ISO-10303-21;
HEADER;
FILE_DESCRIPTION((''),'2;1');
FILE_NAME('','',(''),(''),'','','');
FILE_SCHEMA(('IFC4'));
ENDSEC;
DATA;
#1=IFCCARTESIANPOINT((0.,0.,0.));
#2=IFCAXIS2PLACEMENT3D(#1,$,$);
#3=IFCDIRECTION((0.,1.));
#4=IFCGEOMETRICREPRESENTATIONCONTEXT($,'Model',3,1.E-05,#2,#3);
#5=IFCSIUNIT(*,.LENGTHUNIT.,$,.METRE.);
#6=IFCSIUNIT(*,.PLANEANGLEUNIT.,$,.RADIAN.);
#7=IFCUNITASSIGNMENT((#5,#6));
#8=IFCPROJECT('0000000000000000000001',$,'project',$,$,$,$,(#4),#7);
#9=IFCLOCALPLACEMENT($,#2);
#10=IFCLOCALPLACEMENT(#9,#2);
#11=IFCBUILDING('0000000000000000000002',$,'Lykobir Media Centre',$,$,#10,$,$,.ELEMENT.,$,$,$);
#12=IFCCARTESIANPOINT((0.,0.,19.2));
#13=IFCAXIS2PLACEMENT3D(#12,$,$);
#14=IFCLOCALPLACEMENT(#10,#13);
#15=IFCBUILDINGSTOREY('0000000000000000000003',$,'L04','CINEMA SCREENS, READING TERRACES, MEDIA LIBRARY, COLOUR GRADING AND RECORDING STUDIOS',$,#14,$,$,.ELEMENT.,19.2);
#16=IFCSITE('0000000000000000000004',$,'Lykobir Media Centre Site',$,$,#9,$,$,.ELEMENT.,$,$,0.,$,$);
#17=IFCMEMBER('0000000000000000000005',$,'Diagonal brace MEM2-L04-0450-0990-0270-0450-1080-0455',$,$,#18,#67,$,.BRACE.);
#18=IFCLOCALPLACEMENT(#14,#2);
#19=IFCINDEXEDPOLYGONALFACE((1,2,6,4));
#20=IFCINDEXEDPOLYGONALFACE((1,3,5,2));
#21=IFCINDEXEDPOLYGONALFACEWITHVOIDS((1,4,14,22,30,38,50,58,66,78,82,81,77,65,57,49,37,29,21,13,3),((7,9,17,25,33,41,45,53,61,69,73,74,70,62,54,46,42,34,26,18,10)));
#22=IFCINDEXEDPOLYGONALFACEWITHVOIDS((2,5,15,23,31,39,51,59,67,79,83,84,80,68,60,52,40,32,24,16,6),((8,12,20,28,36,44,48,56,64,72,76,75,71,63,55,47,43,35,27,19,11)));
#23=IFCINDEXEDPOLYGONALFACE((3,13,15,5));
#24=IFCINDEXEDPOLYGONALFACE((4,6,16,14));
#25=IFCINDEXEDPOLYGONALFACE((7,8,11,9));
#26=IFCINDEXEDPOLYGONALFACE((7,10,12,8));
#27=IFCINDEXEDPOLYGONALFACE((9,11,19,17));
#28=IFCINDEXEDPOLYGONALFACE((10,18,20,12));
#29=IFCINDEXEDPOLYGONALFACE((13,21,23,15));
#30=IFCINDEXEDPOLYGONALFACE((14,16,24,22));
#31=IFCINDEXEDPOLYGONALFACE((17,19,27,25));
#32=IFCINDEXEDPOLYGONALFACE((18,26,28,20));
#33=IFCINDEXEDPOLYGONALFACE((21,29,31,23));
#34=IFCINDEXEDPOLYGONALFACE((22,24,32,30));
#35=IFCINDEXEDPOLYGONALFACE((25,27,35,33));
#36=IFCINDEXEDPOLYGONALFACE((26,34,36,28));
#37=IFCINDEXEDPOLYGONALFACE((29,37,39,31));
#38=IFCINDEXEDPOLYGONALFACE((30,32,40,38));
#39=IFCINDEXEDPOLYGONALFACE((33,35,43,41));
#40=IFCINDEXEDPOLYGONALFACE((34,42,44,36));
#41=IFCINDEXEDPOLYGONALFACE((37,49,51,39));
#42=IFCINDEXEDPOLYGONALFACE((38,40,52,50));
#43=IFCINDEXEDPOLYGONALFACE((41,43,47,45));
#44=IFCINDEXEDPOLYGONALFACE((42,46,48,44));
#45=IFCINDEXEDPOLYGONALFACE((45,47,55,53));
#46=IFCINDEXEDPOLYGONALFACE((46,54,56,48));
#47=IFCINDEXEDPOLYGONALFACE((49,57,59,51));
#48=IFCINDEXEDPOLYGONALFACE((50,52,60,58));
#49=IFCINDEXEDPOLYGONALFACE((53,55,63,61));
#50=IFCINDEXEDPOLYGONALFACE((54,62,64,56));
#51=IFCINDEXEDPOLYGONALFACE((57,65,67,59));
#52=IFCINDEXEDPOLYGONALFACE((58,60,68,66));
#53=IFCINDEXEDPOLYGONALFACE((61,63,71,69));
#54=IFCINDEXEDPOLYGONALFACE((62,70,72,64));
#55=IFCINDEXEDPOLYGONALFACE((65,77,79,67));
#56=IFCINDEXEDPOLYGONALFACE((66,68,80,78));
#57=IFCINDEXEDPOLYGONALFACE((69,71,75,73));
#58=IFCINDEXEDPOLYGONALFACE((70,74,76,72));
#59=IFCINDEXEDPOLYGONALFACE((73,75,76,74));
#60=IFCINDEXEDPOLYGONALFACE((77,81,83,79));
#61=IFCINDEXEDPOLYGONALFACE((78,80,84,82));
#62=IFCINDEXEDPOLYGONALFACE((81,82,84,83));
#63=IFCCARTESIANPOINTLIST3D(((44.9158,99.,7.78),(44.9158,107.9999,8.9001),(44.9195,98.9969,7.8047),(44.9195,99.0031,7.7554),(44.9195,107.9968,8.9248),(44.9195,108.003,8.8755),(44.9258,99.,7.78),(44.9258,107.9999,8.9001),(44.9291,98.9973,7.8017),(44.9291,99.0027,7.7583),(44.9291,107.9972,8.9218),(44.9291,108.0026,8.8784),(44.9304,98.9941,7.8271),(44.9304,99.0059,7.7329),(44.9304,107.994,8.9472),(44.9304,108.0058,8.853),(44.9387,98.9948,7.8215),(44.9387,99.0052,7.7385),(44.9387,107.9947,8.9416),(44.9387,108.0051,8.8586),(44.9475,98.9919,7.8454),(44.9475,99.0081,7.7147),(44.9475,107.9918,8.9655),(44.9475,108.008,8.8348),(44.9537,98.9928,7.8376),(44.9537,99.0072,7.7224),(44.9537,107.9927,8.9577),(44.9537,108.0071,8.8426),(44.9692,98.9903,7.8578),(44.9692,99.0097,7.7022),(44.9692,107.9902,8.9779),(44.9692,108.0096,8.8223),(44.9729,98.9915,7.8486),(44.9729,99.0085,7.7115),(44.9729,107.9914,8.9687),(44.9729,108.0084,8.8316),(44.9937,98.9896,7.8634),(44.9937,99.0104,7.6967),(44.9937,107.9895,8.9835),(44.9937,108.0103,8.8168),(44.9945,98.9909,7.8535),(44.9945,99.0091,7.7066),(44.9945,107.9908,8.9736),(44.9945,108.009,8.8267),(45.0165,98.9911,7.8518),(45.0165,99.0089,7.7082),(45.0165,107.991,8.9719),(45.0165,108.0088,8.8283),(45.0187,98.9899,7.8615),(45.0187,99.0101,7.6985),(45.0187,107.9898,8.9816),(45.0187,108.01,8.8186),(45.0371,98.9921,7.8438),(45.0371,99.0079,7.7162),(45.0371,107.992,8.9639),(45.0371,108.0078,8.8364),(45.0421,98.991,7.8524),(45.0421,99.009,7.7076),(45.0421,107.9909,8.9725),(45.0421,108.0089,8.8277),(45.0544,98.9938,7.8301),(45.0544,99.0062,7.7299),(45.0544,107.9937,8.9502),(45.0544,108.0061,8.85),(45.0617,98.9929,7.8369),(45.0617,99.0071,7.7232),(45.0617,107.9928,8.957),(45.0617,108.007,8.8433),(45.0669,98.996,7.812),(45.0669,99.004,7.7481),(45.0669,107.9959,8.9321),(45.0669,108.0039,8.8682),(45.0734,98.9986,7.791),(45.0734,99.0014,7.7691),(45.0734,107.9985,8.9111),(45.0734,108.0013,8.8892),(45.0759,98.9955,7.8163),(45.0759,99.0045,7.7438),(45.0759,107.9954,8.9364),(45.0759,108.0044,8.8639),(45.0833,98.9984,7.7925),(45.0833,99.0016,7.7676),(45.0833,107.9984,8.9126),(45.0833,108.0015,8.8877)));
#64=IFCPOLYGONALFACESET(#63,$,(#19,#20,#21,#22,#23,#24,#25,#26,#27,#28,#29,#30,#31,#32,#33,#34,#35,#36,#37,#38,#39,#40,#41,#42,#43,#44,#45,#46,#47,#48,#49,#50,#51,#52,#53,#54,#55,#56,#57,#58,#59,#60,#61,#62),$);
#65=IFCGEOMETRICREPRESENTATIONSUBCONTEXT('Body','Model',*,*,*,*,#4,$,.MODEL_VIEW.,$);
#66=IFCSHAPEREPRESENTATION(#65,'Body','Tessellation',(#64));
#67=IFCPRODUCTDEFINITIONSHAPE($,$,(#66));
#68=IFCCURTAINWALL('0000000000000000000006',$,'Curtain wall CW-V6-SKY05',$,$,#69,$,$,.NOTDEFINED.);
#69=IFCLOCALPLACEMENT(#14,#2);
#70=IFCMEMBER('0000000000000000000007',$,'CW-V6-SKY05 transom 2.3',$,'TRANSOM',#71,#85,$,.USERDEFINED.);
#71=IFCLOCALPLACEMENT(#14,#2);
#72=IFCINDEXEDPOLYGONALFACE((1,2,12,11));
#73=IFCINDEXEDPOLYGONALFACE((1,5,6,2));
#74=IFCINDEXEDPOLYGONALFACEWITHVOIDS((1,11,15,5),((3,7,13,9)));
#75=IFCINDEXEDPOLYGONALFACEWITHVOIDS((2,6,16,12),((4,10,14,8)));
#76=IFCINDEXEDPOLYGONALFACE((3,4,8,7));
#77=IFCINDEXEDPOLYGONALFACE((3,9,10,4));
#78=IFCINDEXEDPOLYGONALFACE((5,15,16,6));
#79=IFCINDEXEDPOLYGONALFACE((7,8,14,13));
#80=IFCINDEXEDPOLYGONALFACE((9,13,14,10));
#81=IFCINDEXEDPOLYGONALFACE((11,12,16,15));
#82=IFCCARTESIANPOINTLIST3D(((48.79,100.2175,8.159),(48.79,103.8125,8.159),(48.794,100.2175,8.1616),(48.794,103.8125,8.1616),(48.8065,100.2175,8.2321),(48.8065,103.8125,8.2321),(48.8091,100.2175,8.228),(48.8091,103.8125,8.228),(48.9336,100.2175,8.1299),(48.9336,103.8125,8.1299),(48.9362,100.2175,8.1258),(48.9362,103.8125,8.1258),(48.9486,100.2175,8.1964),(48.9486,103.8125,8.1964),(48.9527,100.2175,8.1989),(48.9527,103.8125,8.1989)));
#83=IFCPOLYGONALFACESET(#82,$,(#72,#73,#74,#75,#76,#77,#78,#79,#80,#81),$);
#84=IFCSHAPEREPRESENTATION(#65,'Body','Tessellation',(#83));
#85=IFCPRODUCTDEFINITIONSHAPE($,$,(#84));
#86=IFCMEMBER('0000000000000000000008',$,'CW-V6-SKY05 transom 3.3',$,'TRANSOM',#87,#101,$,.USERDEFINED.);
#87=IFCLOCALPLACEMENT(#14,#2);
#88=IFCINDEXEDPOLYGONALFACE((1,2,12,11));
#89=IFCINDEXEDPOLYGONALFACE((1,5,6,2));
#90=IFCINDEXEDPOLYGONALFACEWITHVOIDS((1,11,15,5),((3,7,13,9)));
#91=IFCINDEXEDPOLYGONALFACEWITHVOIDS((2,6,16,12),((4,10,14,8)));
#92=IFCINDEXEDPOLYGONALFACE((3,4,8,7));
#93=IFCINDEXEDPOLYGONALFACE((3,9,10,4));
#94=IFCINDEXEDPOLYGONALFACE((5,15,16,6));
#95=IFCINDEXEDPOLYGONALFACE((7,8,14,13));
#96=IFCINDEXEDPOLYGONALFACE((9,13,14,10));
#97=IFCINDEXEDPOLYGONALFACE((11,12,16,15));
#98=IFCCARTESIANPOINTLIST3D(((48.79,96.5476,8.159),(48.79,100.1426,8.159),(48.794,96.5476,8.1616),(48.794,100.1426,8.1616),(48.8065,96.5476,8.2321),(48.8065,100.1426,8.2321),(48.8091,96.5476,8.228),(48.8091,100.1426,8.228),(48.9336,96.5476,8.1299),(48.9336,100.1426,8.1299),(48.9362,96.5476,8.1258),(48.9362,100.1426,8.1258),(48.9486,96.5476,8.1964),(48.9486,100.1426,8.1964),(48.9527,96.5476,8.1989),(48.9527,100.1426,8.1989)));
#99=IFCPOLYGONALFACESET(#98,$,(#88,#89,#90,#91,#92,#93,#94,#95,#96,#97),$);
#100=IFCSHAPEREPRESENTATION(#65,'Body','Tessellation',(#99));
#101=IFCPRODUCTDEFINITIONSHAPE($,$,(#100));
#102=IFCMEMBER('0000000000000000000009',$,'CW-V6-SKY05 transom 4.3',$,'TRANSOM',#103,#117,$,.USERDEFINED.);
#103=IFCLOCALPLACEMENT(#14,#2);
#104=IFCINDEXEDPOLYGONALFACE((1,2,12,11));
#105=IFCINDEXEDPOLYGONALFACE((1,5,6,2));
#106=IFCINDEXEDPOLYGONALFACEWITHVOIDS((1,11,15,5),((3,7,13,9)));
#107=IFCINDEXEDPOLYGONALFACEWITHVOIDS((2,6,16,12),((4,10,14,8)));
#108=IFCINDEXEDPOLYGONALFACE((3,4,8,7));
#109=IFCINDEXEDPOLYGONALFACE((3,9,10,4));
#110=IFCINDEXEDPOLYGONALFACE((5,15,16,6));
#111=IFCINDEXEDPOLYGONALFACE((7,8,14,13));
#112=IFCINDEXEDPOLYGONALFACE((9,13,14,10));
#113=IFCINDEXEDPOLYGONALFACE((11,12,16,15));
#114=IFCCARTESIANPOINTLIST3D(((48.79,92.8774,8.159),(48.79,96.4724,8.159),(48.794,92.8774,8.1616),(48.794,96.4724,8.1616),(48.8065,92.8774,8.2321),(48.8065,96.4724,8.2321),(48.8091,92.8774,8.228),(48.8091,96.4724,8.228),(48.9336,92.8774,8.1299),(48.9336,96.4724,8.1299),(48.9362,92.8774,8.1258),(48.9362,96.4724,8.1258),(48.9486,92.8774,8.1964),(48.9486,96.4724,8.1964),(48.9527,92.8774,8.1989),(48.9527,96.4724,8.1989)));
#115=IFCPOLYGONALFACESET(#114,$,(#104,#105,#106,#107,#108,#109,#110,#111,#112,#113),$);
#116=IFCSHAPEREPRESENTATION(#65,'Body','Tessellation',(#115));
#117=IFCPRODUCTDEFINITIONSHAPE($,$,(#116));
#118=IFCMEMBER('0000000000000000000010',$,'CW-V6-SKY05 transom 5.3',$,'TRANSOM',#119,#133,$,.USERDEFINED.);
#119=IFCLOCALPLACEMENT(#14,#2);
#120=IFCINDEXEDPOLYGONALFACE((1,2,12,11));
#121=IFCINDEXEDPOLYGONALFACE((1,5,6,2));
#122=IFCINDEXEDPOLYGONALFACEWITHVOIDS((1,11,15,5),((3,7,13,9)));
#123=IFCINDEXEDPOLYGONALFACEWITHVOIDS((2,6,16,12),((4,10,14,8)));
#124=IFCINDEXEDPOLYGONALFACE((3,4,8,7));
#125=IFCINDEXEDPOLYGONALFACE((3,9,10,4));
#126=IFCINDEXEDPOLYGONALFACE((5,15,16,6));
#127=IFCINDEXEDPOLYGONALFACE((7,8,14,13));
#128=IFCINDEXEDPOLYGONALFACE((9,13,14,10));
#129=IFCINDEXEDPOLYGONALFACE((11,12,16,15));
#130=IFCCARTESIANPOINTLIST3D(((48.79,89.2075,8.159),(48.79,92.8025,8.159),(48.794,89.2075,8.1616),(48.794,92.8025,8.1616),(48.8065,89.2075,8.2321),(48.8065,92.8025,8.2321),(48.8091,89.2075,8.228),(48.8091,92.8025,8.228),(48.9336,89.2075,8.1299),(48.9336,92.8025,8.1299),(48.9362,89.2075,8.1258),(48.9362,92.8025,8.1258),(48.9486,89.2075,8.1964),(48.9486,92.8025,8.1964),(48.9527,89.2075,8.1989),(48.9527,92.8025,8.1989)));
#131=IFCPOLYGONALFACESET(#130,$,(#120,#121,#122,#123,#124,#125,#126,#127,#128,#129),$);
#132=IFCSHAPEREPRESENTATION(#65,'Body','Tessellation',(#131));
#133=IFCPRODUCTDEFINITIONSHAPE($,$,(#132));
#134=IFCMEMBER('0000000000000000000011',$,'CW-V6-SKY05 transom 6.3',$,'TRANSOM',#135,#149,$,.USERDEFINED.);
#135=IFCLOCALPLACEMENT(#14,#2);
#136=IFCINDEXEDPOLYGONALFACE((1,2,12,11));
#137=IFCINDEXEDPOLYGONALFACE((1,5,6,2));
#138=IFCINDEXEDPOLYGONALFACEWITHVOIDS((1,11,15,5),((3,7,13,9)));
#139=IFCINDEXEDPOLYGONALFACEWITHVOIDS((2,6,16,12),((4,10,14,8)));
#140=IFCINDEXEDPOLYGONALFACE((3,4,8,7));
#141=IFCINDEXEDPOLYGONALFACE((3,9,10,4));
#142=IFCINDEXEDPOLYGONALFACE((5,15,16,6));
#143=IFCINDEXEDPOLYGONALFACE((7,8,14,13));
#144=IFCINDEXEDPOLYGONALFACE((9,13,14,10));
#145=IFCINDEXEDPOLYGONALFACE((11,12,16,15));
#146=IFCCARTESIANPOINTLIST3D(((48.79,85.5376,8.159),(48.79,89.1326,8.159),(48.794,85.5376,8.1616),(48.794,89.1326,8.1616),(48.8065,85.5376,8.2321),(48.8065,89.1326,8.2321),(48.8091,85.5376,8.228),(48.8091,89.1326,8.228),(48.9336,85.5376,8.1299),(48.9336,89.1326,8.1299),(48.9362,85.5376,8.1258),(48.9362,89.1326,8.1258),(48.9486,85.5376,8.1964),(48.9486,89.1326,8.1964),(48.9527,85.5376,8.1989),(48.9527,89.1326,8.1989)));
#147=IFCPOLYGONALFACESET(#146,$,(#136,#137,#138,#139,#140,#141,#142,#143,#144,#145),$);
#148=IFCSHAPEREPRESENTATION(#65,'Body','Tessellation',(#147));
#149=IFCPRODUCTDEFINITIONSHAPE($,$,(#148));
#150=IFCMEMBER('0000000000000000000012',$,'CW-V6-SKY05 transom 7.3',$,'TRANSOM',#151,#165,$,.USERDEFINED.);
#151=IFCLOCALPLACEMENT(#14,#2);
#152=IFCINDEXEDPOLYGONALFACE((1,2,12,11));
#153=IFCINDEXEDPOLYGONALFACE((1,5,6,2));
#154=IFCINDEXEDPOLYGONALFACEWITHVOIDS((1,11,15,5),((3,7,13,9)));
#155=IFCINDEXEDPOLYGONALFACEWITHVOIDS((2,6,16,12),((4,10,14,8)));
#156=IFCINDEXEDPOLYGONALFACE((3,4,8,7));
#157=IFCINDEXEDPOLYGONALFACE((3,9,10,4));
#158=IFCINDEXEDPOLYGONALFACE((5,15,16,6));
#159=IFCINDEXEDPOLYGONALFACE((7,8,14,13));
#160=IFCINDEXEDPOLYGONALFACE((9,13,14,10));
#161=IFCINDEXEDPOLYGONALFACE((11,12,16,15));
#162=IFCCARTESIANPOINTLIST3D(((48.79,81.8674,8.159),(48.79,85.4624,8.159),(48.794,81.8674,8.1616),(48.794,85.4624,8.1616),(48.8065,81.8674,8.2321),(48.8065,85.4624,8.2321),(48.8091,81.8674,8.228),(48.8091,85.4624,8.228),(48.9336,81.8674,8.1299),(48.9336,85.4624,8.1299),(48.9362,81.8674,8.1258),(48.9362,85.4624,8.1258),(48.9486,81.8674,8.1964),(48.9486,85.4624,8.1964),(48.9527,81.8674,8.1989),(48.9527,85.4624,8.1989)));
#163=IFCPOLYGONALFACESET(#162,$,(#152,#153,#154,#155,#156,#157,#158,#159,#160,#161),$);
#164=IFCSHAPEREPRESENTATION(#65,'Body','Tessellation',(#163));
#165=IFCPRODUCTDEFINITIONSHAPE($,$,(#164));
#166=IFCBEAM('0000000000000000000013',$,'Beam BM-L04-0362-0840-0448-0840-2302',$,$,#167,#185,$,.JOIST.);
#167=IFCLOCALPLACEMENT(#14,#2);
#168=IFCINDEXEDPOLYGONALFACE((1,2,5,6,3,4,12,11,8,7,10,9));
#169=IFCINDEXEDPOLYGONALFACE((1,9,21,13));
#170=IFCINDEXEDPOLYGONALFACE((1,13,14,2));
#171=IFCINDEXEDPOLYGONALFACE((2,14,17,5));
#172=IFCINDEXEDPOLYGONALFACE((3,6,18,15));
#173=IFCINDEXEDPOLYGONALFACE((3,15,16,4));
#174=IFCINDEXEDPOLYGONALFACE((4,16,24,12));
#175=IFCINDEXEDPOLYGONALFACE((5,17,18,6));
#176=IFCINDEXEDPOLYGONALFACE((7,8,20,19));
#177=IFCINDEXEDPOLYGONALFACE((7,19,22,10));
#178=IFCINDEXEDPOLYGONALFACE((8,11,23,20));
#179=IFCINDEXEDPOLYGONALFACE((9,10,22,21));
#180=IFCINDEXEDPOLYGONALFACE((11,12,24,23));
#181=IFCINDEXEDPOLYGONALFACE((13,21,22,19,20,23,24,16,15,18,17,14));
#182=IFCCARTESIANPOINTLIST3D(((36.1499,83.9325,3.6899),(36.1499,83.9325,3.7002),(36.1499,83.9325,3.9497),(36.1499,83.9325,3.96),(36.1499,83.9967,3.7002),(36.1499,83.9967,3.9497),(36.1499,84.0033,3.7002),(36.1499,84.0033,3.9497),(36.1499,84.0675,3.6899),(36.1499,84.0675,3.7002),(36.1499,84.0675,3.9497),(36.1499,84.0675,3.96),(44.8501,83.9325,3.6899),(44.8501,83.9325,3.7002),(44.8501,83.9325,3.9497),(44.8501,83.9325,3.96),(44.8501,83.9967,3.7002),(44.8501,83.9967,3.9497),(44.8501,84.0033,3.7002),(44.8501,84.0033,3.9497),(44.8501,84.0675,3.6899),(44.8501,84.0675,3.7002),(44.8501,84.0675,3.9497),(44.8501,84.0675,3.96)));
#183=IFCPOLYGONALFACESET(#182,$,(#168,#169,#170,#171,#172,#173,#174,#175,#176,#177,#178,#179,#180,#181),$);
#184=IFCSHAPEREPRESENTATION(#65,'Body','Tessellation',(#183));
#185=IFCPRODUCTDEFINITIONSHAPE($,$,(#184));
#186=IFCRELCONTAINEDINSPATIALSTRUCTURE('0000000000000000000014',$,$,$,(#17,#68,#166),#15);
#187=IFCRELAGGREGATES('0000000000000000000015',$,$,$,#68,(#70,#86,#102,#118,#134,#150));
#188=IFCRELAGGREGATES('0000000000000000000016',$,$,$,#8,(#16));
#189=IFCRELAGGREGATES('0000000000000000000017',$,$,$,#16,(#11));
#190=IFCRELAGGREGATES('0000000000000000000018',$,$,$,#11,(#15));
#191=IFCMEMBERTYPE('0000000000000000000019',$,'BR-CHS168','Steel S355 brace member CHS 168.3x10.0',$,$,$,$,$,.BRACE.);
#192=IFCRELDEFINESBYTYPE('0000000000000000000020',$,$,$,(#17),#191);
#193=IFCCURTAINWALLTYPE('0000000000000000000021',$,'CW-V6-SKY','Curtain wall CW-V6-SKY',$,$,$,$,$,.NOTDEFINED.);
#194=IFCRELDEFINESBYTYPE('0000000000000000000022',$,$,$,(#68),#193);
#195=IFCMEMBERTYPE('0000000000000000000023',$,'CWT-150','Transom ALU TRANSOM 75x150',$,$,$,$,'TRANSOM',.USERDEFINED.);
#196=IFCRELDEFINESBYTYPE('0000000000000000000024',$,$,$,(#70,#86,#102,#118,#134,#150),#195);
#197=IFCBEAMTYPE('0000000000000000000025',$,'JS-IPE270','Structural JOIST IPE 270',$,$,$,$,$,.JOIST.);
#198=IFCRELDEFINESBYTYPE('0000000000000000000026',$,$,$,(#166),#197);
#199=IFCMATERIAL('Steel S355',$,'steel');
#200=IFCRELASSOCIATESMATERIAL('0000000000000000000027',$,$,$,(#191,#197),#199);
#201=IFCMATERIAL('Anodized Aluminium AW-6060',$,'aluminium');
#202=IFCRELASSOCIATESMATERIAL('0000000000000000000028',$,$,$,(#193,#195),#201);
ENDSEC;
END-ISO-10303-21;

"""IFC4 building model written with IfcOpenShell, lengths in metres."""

from ifc_helpers import new_model, si_unit, direction, frame, origin, origin_2d, place, context, subcontext, project, spatial, hollow_rectangle, hollow_circle, i_section, extrude, material, material_profile, profile_set, type_object, element, aggregate, save


model = new_model("IFC4")

# Units and contexts
model_context = context("Model", 3, precision=1e-05, world=origin(), true_north=direction((0.0, 1.0)))
body_context = subcontext(model_context, "Body", "Model", "MODEL_VIEW")
ifc_project = project(units=[si_unit("LENGTHUNIT", "METRE"), si_unit("PLANEANGLEUNIT", "RADIAN")], contexts=[model_context])

# Site, building, storey
site_placement = place(None, origin())
site = spatial("IfcSite", under=ifc_project, at=site_placement, Name="Lykobir Media Centre Site", CompositionType="ELEMENT", RefElevation=0.0)
building_placement = place(site_placement, origin())
building = spatial("IfcBuilding", under=site, at=building_placement, Name="Lykobir Media Centre", CompositionType="ELEMENT")
storey_placement = place(building_placement, frame((0.0, 0.0, 19.2)))
storey = spatial("IfcBuildingStorey", under=building, at=storey_placement, Name="L04", Description="CINEMA SCREENS, READING TERRACES, MEDIA LIBRARY, COLOUR GRADING AND RECORDING STUDIOS", CompositionType="ELEMENT", Elevation=19.2)

# Shared definitions
ifc_material_1 = material(Name="Steel S355", Category="steel")

# Member
ifc_material_profile_1 = material_profile(ifc_material_1, hollow_circle(Radius=0.0842, WallThickness=0.01, at=origin_2d()), Name="CHS 168.3x10.0")
ifc_profile_set_1 = profile_set([ifc_material_profile_1], Name="Steel S355")
member_type_1 = type_object("IfcMemberType", Name="BR-CHS168", Description="Steel S355 brace member CHS 168.3x10.0", PredefinedType="BRACE", material=ifc_profile_set_1)
for number, where, z_axis, x_axis, name in (
    (1, (45.0, 99.0, 7.78), (0.0, 0.992344, 0.123505), (-1.0, 0.0, 0.0), "Diagonal brace MEM2-L04-0450-0990-0270-0450-1080-0455"),
):
    element("IfcMember", number, at=place(storey_placement, frame(where, z_axis=z_axis, x_axis=x_axis)), inside=storey, type_object=member_type_1, Name=name, PredefinedType="BRACE", context=body_context, shape_type="SweptSolid", body=[
        extrude(hollow_circle(Radius=0.0842, WallThickness=0.01, at=origin_2d()), origin(), (0.0, 0.0, 1.0), 9.0693),
    ])

# Curtain wall, members
ifc_material_2 = material(Name="Anodized Aluminium AW-6060", Category="aluminium")
curtain_wall_type = type_object("IfcCurtainWallType", Name="CW-V6-SKY", Description="Curtain wall CW-V6-SKY", PredefinedType="NOTDEFINED", material=ifc_material_2)
curtain_wall_placement = place(storey_placement, origin())
curtain_wall = element("IfcCurtainWall", 2, at=curtain_wall_placement, inside=storey, type_object=curtain_wall_type, Name="Curtain wall CW-V6-SKY05", PredefinedType="NOTDEFINED")
ifc_material_profile_2 = material_profile(ifc_material_2, hollow_rectangle(XDim=0.075, YDim=0.1499, WallThickness=0.0034, at=origin_2d()), Name="ALU TRANSOM 75x150")
ifc_profile_set_2 = profile_set([ifc_material_profile_2], Name="Anodized Aluminium AW-6060")
member_type_2 = type_object("IfcMemberType", Name="CWT-150", Description="Transom ALU TRANSOM 75x150", ElementType="TRANSOM", PredefinedType="USERDEFINED", material=ifc_profile_set_2)
member_1_placement = place(storey_placement, frame((48.8713, 103.8125, 8.179), z_axis=(0.0, -1.0, 0.0), x_axis=(0.221055, 0.0, 0.975261)))
member_1 = element("IfcMember", 3, at=member_1_placement, type_object=member_type_2, Name="CW-V6-SKY05 transom 2.3", ObjectType="TRANSOM", PredefinedType="USERDEFINED", context=body_context, shape_type="SweptSolid", body=[
    extrude(hollow_rectangle(XDim=0.075, YDim=0.1499, WallThickness=0.0034, at=origin_2d()), origin(), (0.0, 0.0, 1.0), 3.595),
])
member_2_placement = place(storey_placement, frame((48.8713, 100.1426, 8.179), z_axis=(0.0, -1.0, 0.0), x_axis=(0.221055, 0.0, 0.975261)))
member_2 = element("IfcMember", 4, at=member_2_placement, type_object=member_type_2, Name="CW-V6-SKY05 transom 3.3", ObjectType="TRANSOM", PredefinedType="USERDEFINED", context=body_context, shape_type="SweptSolid", body=[
    extrude(hollow_rectangle(XDim=0.075, YDim=0.1499, WallThickness=0.0034, at=origin_2d()), origin(), (0.0, 0.0, 1.0), 3.595),
])
member_3_placement = place(storey_placement, frame((48.8713, 96.4724, 8.179), z_axis=(0.0, -1.0, 0.0), x_axis=(0.221055, 0.0, 0.975261)))
member_3 = element("IfcMember", 5, at=member_3_placement, type_object=member_type_2, Name="CW-V6-SKY05 transom 4.3", ObjectType="TRANSOM", PredefinedType="USERDEFINED", context=body_context, shape_type="SweptSolid", body=[
    extrude(hollow_rectangle(XDim=0.075, YDim=0.1499, WallThickness=0.0034, at=origin_2d()), origin(), (0.0, 0.0, 1.0), 3.595),
])
member_4_placement = place(storey_placement, frame((48.8713, 92.8025, 8.179), z_axis=(0.0, -1.0, 0.0), x_axis=(0.221055, 0.0, 0.975261)))
member_4 = element("IfcMember", 6, at=member_4_placement, type_object=member_type_2, Name="CW-V6-SKY05 transom 5.3", ObjectType="TRANSOM", PredefinedType="USERDEFINED", context=body_context, shape_type="SweptSolid", body=[
    extrude(hollow_rectangle(XDim=0.075, YDim=0.1499, WallThickness=0.0034, at=origin_2d()), origin(), (0.0, 0.0, 1.0), 3.595),
])
member_5_placement = place(storey_placement, frame((48.8713, 89.1326, 8.179), z_axis=(0.0, -1.0, 0.0), x_axis=(0.221055, 0.0, 0.975261)))
member_5 = element("IfcMember", 7, at=member_5_placement, type_object=member_type_2, Name="CW-V6-SKY05 transom 6.3", ObjectType="TRANSOM", PredefinedType="USERDEFINED", context=body_context, shape_type="SweptSolid", body=[
    extrude(hollow_rectangle(XDim=0.075, YDim=0.1499, WallThickness=0.0034, at=origin_2d()), origin(), (0.0, 0.0, 1.0), 3.595),
])
member_6_placement = place(storey_placement, frame((48.8713, 85.4624, 8.179), z_axis=(0.0, -1.0, 0.0), x_axis=(0.221055, 0.0, 0.975261)))
member_6 = element("IfcMember", 8, at=member_6_placement, type_object=member_type_2, Name="CW-V6-SKY05 transom 7.3", ObjectType="TRANSOM", PredefinedType="USERDEFINED", context=body_context, shape_type="SweptSolid", body=[
    extrude(hollow_rectangle(XDim=0.075, YDim=0.1499, WallThickness=0.0034, at=origin_2d()), origin(), (0.0, 0.0, 1.0), 3.595),
])
aggregate(curtain_wall, [member_1, member_2, member_3, member_4, member_5, member_6])

# Beam
ifc_material_profile_3 = material_profile(ifc_material_1, i_section(OverallWidth=0.135, OverallDepth=0.27, WebThickness=0.0066, FlangeThickness=0.0103, at=origin_2d()), Name="IPE 270")
ifc_profile_set_3 = profile_set([ifc_material_profile_3], Name="Steel S355")
beam_type_1 = type_object("IfcBeamType", Name="JS-IPE270", Description="Structural JOIST IPE 270", PredefinedType="JOIST", material=ifc_profile_set_3)
for number, where, z_axis, x_axis, name in (
    (9, (36.1499, 84.0, 3.825), (1.0, 0.0, 0.0), (0.0, 1.0, 0.0), "Beam BM-L04-0362-0840-0448-0840-2302"),
):
    element("IfcBeam", number, at=place(storey_placement, frame(where, z_axis=z_axis, x_axis=x_axis)), inside=storey, type_object=beam_type_1, Name=name, PredefinedType="JOIST", context=body_context, shape_type="SweptSolid", body=[
        extrude(i_section(OverallWidth=0.135, OverallDepth=0.27, WebThickness=0.0066, FlangeThickness=0.0103, at=origin_2d()), origin(), (0.0, 0.0, 1.0), 8.7002),
    ])

save(model, "model.ifc")
